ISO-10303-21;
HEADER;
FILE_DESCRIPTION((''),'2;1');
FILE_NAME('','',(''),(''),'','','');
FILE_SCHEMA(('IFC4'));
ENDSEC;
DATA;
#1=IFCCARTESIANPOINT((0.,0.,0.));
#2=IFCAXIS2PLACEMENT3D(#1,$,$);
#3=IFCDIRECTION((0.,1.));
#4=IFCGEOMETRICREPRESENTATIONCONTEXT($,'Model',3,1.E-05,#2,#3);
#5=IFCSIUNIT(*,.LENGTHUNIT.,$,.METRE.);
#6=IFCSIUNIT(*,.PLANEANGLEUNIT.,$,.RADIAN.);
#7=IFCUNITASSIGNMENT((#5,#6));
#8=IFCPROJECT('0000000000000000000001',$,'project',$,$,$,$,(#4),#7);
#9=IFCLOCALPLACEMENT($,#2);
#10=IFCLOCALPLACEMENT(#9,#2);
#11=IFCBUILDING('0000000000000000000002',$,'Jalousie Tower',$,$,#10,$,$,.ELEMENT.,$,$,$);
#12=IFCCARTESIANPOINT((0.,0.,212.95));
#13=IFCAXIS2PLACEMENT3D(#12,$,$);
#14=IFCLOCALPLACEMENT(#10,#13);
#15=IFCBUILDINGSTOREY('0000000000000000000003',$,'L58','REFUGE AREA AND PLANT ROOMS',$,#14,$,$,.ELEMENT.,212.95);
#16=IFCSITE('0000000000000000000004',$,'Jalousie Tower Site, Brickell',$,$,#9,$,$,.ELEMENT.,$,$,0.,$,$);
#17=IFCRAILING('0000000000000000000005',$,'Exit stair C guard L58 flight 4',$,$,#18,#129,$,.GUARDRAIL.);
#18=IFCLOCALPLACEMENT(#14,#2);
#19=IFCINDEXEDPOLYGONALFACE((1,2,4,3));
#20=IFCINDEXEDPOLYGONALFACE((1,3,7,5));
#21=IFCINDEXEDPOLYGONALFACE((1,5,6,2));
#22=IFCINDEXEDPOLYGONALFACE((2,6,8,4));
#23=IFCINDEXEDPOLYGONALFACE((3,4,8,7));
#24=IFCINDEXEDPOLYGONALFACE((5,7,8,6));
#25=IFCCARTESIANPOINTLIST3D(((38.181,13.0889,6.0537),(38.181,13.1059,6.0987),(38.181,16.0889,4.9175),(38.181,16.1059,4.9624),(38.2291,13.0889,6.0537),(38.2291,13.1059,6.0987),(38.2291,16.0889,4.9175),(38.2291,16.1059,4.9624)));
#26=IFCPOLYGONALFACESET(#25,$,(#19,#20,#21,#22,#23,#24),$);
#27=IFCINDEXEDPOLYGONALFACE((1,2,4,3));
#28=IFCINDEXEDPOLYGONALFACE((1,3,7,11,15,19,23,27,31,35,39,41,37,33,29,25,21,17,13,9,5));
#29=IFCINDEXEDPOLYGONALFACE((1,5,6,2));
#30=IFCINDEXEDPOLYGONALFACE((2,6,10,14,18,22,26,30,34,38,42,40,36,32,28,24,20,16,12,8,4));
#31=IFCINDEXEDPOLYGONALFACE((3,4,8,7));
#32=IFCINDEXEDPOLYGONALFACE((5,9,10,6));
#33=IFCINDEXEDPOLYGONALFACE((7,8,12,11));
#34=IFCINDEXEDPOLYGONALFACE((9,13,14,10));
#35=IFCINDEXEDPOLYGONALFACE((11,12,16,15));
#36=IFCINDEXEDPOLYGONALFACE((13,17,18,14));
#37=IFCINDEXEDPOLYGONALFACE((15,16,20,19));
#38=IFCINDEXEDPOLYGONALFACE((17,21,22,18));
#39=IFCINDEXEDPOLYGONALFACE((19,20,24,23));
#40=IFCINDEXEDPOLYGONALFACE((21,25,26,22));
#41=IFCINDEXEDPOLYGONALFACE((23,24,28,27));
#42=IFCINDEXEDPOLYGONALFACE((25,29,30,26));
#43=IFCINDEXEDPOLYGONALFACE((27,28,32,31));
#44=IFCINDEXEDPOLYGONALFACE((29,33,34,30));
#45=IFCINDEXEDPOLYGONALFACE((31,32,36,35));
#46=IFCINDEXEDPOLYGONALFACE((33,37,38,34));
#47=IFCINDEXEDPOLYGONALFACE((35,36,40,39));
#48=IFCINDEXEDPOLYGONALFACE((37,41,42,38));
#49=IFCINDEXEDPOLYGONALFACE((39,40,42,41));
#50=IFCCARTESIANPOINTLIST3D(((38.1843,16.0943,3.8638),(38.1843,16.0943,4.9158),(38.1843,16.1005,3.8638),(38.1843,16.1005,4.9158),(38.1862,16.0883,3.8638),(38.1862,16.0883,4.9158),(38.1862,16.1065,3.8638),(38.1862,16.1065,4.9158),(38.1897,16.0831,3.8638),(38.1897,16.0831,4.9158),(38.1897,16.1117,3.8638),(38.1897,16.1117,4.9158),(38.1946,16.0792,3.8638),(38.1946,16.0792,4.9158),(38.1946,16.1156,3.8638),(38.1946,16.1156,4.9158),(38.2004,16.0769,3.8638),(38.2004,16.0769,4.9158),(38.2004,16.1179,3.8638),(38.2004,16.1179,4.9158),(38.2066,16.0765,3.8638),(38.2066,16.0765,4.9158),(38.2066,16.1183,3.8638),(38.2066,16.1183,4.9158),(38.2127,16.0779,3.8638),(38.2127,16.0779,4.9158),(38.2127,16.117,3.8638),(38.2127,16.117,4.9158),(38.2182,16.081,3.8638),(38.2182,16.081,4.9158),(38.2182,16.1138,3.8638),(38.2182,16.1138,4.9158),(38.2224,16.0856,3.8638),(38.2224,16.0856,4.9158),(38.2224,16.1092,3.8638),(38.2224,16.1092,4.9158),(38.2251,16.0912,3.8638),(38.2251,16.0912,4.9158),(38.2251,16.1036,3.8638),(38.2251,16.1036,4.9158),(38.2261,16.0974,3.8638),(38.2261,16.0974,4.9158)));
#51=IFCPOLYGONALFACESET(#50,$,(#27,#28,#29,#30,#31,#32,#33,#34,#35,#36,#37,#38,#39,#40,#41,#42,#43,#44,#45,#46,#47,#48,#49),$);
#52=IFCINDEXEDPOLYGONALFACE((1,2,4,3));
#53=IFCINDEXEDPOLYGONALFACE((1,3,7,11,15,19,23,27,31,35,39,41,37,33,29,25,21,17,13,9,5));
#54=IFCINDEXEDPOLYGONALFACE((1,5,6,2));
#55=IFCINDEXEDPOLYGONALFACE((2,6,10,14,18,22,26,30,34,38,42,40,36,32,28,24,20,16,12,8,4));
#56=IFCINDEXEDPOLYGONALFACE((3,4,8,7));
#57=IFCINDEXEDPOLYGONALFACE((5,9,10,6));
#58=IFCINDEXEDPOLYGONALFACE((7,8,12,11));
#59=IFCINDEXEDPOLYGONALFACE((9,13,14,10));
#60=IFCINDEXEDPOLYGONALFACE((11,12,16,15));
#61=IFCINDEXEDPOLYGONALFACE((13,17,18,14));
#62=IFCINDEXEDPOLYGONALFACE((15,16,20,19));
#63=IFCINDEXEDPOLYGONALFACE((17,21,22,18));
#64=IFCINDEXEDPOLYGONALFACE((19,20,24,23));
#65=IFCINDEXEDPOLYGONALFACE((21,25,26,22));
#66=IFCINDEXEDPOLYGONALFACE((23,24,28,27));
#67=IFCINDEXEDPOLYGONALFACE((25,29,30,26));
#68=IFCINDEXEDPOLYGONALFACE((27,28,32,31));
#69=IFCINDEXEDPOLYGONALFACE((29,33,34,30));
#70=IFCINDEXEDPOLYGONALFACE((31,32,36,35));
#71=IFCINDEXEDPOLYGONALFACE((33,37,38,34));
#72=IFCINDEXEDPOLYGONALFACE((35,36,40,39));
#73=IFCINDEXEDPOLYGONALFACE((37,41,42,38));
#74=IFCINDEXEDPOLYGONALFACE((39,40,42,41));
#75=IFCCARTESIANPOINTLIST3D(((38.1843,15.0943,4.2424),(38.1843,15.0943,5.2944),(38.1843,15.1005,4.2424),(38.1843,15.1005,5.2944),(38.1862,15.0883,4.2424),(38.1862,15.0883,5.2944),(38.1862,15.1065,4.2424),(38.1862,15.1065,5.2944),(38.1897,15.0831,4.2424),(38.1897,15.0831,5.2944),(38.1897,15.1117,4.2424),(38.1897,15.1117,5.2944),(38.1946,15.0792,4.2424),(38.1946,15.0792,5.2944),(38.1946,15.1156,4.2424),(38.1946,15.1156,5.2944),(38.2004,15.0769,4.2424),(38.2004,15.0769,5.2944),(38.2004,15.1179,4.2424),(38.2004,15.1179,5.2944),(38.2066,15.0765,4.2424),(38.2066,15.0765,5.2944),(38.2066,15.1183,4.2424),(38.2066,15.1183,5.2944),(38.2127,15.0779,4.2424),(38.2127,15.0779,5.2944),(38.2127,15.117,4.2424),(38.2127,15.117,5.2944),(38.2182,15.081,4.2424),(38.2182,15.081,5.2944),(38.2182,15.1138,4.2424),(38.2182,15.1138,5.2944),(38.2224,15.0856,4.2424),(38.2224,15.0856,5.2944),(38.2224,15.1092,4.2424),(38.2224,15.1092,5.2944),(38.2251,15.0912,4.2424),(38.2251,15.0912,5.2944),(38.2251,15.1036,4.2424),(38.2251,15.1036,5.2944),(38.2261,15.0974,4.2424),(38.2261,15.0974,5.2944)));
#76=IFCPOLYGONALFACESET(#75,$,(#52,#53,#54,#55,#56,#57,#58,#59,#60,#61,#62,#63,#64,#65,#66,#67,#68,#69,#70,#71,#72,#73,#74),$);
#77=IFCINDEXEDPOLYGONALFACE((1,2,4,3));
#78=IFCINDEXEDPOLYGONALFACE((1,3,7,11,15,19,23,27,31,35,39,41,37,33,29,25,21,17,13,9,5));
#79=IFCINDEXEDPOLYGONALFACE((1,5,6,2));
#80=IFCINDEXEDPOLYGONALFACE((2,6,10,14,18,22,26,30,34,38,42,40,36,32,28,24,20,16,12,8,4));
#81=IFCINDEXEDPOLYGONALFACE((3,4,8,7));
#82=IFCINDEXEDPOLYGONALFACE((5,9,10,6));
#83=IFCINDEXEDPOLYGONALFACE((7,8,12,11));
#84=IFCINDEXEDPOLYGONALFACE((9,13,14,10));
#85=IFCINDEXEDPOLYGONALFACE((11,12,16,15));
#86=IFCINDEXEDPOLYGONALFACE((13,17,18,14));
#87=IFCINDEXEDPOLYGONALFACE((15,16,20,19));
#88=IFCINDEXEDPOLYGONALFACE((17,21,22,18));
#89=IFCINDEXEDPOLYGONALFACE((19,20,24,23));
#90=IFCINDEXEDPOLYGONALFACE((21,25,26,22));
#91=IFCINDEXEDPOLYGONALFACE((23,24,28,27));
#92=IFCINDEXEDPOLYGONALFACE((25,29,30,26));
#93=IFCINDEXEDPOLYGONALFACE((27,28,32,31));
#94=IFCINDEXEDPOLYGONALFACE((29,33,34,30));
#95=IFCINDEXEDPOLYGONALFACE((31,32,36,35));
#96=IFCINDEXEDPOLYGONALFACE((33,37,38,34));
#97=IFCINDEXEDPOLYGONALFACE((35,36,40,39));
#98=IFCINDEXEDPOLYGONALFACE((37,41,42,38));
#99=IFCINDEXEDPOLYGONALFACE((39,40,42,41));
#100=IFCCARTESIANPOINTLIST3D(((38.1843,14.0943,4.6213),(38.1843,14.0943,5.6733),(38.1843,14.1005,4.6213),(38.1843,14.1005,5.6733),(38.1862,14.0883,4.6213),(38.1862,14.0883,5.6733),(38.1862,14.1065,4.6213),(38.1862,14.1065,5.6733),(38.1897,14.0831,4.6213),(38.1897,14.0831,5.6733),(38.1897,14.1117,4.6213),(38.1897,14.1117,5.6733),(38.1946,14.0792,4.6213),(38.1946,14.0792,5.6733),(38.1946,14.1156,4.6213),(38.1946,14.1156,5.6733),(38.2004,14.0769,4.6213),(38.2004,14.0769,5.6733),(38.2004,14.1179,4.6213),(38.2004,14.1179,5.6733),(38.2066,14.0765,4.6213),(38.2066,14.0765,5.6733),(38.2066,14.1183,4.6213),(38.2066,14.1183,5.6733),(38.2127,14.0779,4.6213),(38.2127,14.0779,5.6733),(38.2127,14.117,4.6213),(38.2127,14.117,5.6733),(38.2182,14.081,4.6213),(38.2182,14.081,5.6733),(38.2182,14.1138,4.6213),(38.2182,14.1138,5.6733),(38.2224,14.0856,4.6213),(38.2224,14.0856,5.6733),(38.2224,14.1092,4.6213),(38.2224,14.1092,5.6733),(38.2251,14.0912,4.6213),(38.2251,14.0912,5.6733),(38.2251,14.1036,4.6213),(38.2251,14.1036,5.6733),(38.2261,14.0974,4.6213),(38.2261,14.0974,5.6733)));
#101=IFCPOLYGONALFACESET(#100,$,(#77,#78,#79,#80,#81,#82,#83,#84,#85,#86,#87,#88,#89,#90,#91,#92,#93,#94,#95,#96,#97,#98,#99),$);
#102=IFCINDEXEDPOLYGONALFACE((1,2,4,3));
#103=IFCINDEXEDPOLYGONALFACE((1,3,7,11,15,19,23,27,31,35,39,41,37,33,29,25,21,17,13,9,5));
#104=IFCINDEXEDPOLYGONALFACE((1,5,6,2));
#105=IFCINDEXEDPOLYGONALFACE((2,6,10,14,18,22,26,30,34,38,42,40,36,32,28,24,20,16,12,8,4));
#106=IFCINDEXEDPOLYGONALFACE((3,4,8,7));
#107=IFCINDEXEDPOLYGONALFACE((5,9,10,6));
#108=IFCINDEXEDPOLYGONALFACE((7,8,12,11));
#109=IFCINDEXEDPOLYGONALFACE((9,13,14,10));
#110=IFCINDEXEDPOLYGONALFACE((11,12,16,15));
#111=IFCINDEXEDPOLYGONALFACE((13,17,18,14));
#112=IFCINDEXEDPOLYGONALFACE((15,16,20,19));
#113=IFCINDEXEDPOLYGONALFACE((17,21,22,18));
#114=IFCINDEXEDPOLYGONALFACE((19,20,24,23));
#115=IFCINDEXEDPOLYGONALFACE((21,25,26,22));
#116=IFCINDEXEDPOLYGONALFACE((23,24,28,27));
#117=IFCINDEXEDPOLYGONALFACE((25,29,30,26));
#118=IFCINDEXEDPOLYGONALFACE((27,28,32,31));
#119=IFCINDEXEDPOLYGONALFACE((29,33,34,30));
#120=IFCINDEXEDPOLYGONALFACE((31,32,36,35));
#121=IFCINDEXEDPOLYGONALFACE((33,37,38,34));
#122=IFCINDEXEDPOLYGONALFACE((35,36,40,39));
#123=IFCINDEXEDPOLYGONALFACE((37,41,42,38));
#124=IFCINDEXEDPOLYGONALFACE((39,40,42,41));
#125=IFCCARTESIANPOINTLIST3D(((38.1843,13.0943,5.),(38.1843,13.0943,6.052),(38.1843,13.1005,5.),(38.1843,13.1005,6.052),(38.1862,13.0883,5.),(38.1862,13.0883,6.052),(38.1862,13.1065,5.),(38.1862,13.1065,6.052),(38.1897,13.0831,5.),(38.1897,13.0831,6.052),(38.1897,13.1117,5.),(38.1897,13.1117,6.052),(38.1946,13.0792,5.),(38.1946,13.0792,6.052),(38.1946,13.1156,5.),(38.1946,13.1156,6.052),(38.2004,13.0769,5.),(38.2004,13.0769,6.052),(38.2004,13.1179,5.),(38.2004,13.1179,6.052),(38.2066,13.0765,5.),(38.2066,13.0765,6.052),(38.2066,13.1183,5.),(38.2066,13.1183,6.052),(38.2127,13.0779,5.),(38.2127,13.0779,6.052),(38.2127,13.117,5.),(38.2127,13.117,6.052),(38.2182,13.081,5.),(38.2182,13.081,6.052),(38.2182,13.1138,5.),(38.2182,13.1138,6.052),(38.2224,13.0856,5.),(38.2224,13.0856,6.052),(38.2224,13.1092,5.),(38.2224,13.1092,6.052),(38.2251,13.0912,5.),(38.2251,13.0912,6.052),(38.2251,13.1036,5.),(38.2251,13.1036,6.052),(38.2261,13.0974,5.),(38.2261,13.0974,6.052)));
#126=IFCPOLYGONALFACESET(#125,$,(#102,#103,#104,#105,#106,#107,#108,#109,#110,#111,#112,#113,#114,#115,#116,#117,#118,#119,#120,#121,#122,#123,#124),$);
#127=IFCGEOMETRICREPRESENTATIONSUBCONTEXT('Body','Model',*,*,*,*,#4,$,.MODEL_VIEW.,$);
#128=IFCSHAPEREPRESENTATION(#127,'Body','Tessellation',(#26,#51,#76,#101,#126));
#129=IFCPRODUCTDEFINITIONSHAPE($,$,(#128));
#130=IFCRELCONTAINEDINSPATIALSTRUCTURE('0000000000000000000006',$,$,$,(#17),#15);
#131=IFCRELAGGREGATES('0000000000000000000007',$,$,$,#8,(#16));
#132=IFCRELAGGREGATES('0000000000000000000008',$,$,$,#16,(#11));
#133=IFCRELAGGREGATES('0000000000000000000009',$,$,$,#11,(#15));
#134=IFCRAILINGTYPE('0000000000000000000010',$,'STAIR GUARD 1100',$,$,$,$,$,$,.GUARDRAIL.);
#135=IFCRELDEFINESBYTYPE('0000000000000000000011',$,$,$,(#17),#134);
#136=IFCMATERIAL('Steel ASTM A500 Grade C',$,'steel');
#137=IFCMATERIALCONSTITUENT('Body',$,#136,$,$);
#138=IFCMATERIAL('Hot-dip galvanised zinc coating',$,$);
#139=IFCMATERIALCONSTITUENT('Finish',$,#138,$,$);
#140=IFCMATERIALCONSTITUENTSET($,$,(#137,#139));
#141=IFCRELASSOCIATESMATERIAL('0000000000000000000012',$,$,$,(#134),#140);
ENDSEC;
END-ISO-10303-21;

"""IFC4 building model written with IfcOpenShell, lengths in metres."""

from ifc_helpers import new_model, si_unit, direction, frame, origin, origin_2d, place, context, subcontext, project, spatial, rectangle, circle, extrude, material, constituent, constituent_set, type_object, element, save


model = new_model("IFC4")

# Units and contexts
model_context = context("Model", 3, precision=1e-05, world=origin(), true_north=direction((0.0, 1.0)))
body_context = subcontext(model_context, "Body", "Model", "MODEL_VIEW")
ifc_project = project(units=[si_unit("LENGTHUNIT", "METRE"), si_unit("PLANEANGLEUNIT", "RADIAN")], contexts=[model_context])

# Site, building, storey
site_placement = place(None, origin())
site = spatial("IfcSite", under=ifc_project, at=site_placement, Name="Jalousie Tower Site, Brickell", CompositionType="ELEMENT", RefElevation=0.0)
building_placement = place(site_placement, origin())
building = spatial("IfcBuilding", under=site, at=building_placement, Name="Jalousie Tower", CompositionType="ELEMENT")
storey_placement = place(building_placement, frame((0.0, 0.0, 212.95)))
storey = spatial("IfcBuildingStorey", under=building, at=storey_placement, Name="L58", Description="REFUGE AREA AND PLANT ROOMS", CompositionType="ELEMENT", Elevation=212.95)

# Railing
ifc_material_1 = material(Name="Steel ASTM A500 Grade C", Category="steel")
ifc_constituent_1 = constituent(ifc_material_1, Name="Body")
ifc_material_2 = material(Name="Hot-dip galvanised zinc coating")
ifc_constituent_2 = constituent(ifc_material_2, Name="Finish")
ifc_constituent_set_1 = constituent_set(constituents=[ifc_constituent_1, ifc_constituent_2])
railing_type_1 = type_object("IfcRailingType", Name="STAIR GUARD 1100", PredefinedType="GUARDRAIL", material=ifc_constituent_set_1)
railing_1_placement = place(storey_placement, frame((38.2051, 16.0974, 3.8638)))
element("IfcRailing", 1, at=railing_1_placement, inside=storey, type_object=railing_type_1, Name="Exit stair C guard L58 flight 4", PredefinedType="GUARDRAIL", context=body_context, shape_type="SweptSolid", body=[
    extrude(rectangle(XDim=0.0481, YDim=0.0481, at=origin_2d()), frame((0.0, 0.0, 1.0762), z_axis=(0.0, -0.935173, 0.354191), x_axis=(1.0, 0.0, 0.0)), (0.0, 0.0, 1.0), 3.208),
    extrude(circle(Radius=0.021, at=origin_2d()), origin(), (0.0, 0.0, 1.0), 1.052),
    extrude(circle(Radius=0.021, at=origin_2d()), frame((0.0, -1.0, 0.3787)), (0.0, 0.0, 1.0), 1.052),
    extrude(circle(Radius=0.021, at=origin_2d()), frame((0.0, -2.0, 0.7576)), (0.0, 0.0, 1.0), 1.052),
    extrude(circle(Radius=0.021, at=origin_2d()), frame((0.0, -3.0, 1.1362)), (0.0, 0.0, 1.0), 1.052),
])

save(model, "model.ifc")
